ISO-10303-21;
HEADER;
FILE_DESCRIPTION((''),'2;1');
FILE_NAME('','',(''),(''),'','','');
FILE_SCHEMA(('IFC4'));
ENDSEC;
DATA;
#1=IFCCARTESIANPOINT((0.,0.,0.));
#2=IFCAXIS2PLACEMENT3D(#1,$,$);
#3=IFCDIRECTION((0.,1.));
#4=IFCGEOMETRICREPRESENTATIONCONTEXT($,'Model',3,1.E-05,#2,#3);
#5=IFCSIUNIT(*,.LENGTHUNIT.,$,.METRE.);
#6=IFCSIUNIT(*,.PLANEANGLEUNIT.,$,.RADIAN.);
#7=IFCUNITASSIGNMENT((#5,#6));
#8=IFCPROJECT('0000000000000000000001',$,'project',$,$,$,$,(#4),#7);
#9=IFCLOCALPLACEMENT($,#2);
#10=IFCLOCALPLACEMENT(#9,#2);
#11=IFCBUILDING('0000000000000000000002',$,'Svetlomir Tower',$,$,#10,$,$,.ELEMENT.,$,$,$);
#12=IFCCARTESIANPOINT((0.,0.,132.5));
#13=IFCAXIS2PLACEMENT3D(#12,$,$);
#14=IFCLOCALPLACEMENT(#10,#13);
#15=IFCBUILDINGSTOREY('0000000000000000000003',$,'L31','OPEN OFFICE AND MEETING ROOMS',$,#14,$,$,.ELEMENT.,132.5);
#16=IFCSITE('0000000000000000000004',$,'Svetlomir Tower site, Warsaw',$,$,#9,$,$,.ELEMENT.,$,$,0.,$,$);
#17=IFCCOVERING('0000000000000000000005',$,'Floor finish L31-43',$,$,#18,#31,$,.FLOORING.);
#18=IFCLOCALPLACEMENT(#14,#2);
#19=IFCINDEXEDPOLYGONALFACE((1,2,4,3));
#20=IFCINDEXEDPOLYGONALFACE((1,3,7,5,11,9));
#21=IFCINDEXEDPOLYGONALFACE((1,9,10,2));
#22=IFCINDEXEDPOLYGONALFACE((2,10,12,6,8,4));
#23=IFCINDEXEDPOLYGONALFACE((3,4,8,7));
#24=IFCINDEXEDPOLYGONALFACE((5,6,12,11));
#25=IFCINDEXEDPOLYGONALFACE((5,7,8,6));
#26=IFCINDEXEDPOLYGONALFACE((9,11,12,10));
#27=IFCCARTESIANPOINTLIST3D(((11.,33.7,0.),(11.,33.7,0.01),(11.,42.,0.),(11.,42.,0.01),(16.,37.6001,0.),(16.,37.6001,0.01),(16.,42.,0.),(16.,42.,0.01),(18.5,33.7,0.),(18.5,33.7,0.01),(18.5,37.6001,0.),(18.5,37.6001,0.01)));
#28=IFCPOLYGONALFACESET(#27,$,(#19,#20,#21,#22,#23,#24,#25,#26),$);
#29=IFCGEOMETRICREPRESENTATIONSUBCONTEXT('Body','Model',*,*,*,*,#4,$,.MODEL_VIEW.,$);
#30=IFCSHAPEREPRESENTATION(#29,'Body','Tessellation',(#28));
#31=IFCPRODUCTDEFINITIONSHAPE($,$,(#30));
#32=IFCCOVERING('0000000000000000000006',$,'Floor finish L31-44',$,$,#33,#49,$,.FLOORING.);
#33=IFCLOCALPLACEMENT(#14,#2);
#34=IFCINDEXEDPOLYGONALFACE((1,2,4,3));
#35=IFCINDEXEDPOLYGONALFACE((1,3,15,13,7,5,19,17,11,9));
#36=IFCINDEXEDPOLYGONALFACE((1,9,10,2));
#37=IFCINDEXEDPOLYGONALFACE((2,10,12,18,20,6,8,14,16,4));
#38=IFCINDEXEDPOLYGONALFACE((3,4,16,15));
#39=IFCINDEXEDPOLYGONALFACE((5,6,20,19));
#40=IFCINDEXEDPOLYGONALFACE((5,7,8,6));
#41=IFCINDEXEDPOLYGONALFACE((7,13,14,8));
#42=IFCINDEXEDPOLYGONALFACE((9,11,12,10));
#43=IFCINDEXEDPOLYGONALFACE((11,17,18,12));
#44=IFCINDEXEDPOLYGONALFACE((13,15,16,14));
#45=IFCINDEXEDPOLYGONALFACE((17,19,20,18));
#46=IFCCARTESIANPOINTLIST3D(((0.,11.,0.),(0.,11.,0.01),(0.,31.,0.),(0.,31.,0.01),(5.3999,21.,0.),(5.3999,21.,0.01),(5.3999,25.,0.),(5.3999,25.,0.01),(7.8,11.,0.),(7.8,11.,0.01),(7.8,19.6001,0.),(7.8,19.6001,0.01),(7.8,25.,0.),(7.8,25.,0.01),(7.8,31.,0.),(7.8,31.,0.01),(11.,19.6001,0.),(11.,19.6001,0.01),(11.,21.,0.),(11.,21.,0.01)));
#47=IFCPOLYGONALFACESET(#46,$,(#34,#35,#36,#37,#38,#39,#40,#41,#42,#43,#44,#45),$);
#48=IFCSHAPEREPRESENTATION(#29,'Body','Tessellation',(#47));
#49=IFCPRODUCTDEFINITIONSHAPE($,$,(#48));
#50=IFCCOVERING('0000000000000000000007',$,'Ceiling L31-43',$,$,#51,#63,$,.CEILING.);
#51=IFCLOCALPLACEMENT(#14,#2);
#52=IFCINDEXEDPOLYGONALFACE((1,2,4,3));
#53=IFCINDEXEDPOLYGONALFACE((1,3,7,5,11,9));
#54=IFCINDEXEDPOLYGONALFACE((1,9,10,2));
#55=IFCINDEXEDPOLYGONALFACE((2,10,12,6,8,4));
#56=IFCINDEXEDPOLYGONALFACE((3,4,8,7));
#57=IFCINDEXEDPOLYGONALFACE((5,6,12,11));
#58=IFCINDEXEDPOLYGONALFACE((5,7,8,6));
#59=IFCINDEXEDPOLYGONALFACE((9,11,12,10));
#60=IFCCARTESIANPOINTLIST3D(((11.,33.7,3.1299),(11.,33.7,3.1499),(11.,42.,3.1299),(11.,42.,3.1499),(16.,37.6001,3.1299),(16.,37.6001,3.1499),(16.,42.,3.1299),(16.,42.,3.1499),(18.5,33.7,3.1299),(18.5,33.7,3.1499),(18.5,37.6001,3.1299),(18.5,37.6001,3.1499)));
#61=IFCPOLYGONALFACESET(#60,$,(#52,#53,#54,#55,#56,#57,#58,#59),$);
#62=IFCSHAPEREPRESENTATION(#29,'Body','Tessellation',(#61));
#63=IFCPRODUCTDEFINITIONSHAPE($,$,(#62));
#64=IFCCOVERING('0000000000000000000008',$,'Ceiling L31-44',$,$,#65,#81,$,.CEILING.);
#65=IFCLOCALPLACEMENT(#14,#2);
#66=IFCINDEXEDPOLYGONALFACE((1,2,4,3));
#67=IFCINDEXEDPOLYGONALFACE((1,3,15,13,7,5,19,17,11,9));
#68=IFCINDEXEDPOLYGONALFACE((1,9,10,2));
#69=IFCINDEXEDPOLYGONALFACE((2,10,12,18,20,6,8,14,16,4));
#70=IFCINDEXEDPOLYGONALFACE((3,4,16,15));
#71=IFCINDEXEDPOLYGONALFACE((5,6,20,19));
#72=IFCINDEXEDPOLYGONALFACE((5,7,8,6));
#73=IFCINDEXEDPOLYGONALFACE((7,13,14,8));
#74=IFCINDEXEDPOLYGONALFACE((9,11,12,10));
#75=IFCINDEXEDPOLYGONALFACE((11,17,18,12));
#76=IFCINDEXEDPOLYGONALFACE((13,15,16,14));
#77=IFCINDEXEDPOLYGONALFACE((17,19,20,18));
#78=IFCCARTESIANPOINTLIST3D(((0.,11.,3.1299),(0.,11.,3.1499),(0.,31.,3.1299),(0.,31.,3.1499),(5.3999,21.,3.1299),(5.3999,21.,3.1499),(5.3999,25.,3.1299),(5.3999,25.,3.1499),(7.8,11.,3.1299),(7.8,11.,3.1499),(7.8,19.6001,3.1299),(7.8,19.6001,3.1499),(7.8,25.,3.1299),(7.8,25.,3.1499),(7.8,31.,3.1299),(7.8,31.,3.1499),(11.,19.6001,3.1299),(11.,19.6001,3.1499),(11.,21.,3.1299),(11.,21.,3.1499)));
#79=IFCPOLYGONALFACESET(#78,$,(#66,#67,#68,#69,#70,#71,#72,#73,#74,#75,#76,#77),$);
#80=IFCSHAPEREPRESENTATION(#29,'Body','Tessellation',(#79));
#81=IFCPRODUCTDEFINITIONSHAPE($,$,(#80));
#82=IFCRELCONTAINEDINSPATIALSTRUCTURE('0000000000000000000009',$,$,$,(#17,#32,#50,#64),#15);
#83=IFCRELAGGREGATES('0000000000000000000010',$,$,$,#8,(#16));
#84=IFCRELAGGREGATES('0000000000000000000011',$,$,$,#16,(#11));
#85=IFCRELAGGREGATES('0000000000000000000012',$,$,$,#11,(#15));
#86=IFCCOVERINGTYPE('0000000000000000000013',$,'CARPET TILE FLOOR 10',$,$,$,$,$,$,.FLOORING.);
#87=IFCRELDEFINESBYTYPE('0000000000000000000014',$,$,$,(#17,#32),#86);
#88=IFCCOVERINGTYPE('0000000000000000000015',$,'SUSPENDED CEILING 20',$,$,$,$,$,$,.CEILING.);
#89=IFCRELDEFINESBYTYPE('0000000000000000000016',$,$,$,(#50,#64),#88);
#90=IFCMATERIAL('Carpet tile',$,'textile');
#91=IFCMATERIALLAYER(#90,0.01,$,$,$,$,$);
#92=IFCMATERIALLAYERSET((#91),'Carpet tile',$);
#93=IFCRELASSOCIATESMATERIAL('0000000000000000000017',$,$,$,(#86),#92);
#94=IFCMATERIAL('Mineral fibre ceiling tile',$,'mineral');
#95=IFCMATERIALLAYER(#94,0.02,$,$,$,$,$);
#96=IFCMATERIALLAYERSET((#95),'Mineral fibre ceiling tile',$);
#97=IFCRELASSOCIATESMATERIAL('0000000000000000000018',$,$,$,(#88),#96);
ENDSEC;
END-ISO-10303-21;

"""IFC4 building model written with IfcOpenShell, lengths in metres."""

from ifc_helpers import new_model, si_unit, direction, frame, origin, place, context, subcontext, project, spatial, polyline, outline, extrude, material, layer, layer_set, type_object, element, save


model = new_model("IFC4")

# Units and contexts
model_context = context("Model", 3, precision=1e-05, world=origin(), true_north=direction((0.0, 1.0)))
body_context = subcontext(model_context, "Body", "Model", "MODEL_VIEW")
ifc_project = project(units=[si_unit("LENGTHUNIT", "METRE"), si_unit("PLANEANGLEUNIT", "RADIAN")], contexts=[model_context])

# Site, building, storey
site_placement = place(None, origin())
site = spatial("IfcSite", under=ifc_project, at=site_placement, Name="Svetlomir Tower site, Warsaw", CompositionType="ELEMENT", RefElevation=0.0)
building_placement = place(site_placement, origin())
building = spatial("IfcBuilding", under=site, at=building_placement, Name="Svetlomir Tower", CompositionType="ELEMENT")
storey_placement = place(building_placement, frame((0.0, 0.0, 132.5)))
storey = spatial("IfcBuildingStorey", under=building, at=storey_placement, Name="L31", Description="OPEN OFFICE AND MEETING ROOMS", CompositionType="ELEMENT", Elevation=132.5)

# Coverings
ifc_material_1 = material(Name="Carpet tile", Category="textile")
ifc_layer_1 = layer(ifc_material_1, 0.01)
ifc_layer_set_1 = layer_set([ifc_layer_1], Name="Carpet tile")
covering_type_1 = type_object("IfcCoveringType", Name="CARPET TILE FLOOR 10", PredefinedType="FLOORING", material=ifc_layer_set_1)
covering_1_placement = place(storey_placement, origin())
element("IfcCovering", 1, at=covering_1_placement, inside=storey, type_object=covering_type_1, Name="Floor finish L31-43", PredefinedType="FLOORING", context=body_context, shape_type="SweptSolid", body=[
    extrude(outline(polyline([(11.0, 33.7), (11.0, 42.0), (16.0, 42.0), (16.0, 37.6001), (18.5, 37.6001), (18.5, 33.7), (11.0, 33.7)])), origin(), (0.0, 0.0, 1.0), 0.01),
])
covering_2_placement = place(storey_placement, origin())
element("IfcCovering", 2, at=covering_2_placement, inside=storey, type_object=covering_type_1, Name="Floor finish L31-44", PredefinedType="FLOORING", context=body_context, shape_type="SweptSolid", body=[
    extrude(outline(polyline([(7.8, 31.0), (7.8, 25.0), (5.3999, 25.0), (5.3999, 21.0), (11.0, 21.0), (11.0, 19.6001), (7.8, 19.6001), (7.8, 11.0), (0.0, 11.0), (0.0, 31.0), (7.8, 31.0)])), origin(), (0.0, 0.0, 1.0), 0.01),
])
ifc_material_2 = material(Name="Mineral fibre ceiling tile", Category="mineral")
ifc_layer_2 = layer(ifc_material_2, 0.02)
ifc_layer_set_2 = layer_set([ifc_layer_2], Name="Mineral fibre ceiling tile")
covering_type_2 = type_object("IfcCoveringType", Name="SUSPENDED CEILING 20", PredefinedType="CEILING", material=ifc_layer_set_2)
covering_3_placement = place(storey_placement, frame((0.0, 0.0, 3.1299)))
element("IfcCovering", 3, at=covering_3_placement, inside=storey, type_object=covering_type_2, Name="Ceiling L31-43", PredefinedType="CEILING", context=body_context, shape_type="SweptSolid", body=[
    extrude(outline(polyline([(11.0, 33.7), (11.0, 42.0), (16.0, 42.0), (16.0, 37.6001), (18.5, 37.6001), (18.5, 33.7), (11.0, 33.7)])), origin(), (0.0, 0.0, 1.0), 0.02),
])
covering_4_placement = place(storey_placement, frame((0.0, 0.0, 3.1299)))
element("IfcCovering", 4, at=covering_4_placement, inside=storey, type_object=covering_type_2, Name="Ceiling L31-44", PredefinedType="CEILING", context=body_context, shape_type="SweptSolid", body=[
    extrude(outline(polyline([(7.8, 31.0), (7.8, 25.0), (5.3999, 25.0), (5.3999, 21.0), (11.0, 21.0), (11.0, 19.6001), (7.8, 19.6001), (7.8, 11.0), (0.0, 11.0), (0.0, 31.0), (7.8, 31.0)])), origin(), (0.0, 0.0, 1.0), 0.02),
])

save(model, "model.ifc")
